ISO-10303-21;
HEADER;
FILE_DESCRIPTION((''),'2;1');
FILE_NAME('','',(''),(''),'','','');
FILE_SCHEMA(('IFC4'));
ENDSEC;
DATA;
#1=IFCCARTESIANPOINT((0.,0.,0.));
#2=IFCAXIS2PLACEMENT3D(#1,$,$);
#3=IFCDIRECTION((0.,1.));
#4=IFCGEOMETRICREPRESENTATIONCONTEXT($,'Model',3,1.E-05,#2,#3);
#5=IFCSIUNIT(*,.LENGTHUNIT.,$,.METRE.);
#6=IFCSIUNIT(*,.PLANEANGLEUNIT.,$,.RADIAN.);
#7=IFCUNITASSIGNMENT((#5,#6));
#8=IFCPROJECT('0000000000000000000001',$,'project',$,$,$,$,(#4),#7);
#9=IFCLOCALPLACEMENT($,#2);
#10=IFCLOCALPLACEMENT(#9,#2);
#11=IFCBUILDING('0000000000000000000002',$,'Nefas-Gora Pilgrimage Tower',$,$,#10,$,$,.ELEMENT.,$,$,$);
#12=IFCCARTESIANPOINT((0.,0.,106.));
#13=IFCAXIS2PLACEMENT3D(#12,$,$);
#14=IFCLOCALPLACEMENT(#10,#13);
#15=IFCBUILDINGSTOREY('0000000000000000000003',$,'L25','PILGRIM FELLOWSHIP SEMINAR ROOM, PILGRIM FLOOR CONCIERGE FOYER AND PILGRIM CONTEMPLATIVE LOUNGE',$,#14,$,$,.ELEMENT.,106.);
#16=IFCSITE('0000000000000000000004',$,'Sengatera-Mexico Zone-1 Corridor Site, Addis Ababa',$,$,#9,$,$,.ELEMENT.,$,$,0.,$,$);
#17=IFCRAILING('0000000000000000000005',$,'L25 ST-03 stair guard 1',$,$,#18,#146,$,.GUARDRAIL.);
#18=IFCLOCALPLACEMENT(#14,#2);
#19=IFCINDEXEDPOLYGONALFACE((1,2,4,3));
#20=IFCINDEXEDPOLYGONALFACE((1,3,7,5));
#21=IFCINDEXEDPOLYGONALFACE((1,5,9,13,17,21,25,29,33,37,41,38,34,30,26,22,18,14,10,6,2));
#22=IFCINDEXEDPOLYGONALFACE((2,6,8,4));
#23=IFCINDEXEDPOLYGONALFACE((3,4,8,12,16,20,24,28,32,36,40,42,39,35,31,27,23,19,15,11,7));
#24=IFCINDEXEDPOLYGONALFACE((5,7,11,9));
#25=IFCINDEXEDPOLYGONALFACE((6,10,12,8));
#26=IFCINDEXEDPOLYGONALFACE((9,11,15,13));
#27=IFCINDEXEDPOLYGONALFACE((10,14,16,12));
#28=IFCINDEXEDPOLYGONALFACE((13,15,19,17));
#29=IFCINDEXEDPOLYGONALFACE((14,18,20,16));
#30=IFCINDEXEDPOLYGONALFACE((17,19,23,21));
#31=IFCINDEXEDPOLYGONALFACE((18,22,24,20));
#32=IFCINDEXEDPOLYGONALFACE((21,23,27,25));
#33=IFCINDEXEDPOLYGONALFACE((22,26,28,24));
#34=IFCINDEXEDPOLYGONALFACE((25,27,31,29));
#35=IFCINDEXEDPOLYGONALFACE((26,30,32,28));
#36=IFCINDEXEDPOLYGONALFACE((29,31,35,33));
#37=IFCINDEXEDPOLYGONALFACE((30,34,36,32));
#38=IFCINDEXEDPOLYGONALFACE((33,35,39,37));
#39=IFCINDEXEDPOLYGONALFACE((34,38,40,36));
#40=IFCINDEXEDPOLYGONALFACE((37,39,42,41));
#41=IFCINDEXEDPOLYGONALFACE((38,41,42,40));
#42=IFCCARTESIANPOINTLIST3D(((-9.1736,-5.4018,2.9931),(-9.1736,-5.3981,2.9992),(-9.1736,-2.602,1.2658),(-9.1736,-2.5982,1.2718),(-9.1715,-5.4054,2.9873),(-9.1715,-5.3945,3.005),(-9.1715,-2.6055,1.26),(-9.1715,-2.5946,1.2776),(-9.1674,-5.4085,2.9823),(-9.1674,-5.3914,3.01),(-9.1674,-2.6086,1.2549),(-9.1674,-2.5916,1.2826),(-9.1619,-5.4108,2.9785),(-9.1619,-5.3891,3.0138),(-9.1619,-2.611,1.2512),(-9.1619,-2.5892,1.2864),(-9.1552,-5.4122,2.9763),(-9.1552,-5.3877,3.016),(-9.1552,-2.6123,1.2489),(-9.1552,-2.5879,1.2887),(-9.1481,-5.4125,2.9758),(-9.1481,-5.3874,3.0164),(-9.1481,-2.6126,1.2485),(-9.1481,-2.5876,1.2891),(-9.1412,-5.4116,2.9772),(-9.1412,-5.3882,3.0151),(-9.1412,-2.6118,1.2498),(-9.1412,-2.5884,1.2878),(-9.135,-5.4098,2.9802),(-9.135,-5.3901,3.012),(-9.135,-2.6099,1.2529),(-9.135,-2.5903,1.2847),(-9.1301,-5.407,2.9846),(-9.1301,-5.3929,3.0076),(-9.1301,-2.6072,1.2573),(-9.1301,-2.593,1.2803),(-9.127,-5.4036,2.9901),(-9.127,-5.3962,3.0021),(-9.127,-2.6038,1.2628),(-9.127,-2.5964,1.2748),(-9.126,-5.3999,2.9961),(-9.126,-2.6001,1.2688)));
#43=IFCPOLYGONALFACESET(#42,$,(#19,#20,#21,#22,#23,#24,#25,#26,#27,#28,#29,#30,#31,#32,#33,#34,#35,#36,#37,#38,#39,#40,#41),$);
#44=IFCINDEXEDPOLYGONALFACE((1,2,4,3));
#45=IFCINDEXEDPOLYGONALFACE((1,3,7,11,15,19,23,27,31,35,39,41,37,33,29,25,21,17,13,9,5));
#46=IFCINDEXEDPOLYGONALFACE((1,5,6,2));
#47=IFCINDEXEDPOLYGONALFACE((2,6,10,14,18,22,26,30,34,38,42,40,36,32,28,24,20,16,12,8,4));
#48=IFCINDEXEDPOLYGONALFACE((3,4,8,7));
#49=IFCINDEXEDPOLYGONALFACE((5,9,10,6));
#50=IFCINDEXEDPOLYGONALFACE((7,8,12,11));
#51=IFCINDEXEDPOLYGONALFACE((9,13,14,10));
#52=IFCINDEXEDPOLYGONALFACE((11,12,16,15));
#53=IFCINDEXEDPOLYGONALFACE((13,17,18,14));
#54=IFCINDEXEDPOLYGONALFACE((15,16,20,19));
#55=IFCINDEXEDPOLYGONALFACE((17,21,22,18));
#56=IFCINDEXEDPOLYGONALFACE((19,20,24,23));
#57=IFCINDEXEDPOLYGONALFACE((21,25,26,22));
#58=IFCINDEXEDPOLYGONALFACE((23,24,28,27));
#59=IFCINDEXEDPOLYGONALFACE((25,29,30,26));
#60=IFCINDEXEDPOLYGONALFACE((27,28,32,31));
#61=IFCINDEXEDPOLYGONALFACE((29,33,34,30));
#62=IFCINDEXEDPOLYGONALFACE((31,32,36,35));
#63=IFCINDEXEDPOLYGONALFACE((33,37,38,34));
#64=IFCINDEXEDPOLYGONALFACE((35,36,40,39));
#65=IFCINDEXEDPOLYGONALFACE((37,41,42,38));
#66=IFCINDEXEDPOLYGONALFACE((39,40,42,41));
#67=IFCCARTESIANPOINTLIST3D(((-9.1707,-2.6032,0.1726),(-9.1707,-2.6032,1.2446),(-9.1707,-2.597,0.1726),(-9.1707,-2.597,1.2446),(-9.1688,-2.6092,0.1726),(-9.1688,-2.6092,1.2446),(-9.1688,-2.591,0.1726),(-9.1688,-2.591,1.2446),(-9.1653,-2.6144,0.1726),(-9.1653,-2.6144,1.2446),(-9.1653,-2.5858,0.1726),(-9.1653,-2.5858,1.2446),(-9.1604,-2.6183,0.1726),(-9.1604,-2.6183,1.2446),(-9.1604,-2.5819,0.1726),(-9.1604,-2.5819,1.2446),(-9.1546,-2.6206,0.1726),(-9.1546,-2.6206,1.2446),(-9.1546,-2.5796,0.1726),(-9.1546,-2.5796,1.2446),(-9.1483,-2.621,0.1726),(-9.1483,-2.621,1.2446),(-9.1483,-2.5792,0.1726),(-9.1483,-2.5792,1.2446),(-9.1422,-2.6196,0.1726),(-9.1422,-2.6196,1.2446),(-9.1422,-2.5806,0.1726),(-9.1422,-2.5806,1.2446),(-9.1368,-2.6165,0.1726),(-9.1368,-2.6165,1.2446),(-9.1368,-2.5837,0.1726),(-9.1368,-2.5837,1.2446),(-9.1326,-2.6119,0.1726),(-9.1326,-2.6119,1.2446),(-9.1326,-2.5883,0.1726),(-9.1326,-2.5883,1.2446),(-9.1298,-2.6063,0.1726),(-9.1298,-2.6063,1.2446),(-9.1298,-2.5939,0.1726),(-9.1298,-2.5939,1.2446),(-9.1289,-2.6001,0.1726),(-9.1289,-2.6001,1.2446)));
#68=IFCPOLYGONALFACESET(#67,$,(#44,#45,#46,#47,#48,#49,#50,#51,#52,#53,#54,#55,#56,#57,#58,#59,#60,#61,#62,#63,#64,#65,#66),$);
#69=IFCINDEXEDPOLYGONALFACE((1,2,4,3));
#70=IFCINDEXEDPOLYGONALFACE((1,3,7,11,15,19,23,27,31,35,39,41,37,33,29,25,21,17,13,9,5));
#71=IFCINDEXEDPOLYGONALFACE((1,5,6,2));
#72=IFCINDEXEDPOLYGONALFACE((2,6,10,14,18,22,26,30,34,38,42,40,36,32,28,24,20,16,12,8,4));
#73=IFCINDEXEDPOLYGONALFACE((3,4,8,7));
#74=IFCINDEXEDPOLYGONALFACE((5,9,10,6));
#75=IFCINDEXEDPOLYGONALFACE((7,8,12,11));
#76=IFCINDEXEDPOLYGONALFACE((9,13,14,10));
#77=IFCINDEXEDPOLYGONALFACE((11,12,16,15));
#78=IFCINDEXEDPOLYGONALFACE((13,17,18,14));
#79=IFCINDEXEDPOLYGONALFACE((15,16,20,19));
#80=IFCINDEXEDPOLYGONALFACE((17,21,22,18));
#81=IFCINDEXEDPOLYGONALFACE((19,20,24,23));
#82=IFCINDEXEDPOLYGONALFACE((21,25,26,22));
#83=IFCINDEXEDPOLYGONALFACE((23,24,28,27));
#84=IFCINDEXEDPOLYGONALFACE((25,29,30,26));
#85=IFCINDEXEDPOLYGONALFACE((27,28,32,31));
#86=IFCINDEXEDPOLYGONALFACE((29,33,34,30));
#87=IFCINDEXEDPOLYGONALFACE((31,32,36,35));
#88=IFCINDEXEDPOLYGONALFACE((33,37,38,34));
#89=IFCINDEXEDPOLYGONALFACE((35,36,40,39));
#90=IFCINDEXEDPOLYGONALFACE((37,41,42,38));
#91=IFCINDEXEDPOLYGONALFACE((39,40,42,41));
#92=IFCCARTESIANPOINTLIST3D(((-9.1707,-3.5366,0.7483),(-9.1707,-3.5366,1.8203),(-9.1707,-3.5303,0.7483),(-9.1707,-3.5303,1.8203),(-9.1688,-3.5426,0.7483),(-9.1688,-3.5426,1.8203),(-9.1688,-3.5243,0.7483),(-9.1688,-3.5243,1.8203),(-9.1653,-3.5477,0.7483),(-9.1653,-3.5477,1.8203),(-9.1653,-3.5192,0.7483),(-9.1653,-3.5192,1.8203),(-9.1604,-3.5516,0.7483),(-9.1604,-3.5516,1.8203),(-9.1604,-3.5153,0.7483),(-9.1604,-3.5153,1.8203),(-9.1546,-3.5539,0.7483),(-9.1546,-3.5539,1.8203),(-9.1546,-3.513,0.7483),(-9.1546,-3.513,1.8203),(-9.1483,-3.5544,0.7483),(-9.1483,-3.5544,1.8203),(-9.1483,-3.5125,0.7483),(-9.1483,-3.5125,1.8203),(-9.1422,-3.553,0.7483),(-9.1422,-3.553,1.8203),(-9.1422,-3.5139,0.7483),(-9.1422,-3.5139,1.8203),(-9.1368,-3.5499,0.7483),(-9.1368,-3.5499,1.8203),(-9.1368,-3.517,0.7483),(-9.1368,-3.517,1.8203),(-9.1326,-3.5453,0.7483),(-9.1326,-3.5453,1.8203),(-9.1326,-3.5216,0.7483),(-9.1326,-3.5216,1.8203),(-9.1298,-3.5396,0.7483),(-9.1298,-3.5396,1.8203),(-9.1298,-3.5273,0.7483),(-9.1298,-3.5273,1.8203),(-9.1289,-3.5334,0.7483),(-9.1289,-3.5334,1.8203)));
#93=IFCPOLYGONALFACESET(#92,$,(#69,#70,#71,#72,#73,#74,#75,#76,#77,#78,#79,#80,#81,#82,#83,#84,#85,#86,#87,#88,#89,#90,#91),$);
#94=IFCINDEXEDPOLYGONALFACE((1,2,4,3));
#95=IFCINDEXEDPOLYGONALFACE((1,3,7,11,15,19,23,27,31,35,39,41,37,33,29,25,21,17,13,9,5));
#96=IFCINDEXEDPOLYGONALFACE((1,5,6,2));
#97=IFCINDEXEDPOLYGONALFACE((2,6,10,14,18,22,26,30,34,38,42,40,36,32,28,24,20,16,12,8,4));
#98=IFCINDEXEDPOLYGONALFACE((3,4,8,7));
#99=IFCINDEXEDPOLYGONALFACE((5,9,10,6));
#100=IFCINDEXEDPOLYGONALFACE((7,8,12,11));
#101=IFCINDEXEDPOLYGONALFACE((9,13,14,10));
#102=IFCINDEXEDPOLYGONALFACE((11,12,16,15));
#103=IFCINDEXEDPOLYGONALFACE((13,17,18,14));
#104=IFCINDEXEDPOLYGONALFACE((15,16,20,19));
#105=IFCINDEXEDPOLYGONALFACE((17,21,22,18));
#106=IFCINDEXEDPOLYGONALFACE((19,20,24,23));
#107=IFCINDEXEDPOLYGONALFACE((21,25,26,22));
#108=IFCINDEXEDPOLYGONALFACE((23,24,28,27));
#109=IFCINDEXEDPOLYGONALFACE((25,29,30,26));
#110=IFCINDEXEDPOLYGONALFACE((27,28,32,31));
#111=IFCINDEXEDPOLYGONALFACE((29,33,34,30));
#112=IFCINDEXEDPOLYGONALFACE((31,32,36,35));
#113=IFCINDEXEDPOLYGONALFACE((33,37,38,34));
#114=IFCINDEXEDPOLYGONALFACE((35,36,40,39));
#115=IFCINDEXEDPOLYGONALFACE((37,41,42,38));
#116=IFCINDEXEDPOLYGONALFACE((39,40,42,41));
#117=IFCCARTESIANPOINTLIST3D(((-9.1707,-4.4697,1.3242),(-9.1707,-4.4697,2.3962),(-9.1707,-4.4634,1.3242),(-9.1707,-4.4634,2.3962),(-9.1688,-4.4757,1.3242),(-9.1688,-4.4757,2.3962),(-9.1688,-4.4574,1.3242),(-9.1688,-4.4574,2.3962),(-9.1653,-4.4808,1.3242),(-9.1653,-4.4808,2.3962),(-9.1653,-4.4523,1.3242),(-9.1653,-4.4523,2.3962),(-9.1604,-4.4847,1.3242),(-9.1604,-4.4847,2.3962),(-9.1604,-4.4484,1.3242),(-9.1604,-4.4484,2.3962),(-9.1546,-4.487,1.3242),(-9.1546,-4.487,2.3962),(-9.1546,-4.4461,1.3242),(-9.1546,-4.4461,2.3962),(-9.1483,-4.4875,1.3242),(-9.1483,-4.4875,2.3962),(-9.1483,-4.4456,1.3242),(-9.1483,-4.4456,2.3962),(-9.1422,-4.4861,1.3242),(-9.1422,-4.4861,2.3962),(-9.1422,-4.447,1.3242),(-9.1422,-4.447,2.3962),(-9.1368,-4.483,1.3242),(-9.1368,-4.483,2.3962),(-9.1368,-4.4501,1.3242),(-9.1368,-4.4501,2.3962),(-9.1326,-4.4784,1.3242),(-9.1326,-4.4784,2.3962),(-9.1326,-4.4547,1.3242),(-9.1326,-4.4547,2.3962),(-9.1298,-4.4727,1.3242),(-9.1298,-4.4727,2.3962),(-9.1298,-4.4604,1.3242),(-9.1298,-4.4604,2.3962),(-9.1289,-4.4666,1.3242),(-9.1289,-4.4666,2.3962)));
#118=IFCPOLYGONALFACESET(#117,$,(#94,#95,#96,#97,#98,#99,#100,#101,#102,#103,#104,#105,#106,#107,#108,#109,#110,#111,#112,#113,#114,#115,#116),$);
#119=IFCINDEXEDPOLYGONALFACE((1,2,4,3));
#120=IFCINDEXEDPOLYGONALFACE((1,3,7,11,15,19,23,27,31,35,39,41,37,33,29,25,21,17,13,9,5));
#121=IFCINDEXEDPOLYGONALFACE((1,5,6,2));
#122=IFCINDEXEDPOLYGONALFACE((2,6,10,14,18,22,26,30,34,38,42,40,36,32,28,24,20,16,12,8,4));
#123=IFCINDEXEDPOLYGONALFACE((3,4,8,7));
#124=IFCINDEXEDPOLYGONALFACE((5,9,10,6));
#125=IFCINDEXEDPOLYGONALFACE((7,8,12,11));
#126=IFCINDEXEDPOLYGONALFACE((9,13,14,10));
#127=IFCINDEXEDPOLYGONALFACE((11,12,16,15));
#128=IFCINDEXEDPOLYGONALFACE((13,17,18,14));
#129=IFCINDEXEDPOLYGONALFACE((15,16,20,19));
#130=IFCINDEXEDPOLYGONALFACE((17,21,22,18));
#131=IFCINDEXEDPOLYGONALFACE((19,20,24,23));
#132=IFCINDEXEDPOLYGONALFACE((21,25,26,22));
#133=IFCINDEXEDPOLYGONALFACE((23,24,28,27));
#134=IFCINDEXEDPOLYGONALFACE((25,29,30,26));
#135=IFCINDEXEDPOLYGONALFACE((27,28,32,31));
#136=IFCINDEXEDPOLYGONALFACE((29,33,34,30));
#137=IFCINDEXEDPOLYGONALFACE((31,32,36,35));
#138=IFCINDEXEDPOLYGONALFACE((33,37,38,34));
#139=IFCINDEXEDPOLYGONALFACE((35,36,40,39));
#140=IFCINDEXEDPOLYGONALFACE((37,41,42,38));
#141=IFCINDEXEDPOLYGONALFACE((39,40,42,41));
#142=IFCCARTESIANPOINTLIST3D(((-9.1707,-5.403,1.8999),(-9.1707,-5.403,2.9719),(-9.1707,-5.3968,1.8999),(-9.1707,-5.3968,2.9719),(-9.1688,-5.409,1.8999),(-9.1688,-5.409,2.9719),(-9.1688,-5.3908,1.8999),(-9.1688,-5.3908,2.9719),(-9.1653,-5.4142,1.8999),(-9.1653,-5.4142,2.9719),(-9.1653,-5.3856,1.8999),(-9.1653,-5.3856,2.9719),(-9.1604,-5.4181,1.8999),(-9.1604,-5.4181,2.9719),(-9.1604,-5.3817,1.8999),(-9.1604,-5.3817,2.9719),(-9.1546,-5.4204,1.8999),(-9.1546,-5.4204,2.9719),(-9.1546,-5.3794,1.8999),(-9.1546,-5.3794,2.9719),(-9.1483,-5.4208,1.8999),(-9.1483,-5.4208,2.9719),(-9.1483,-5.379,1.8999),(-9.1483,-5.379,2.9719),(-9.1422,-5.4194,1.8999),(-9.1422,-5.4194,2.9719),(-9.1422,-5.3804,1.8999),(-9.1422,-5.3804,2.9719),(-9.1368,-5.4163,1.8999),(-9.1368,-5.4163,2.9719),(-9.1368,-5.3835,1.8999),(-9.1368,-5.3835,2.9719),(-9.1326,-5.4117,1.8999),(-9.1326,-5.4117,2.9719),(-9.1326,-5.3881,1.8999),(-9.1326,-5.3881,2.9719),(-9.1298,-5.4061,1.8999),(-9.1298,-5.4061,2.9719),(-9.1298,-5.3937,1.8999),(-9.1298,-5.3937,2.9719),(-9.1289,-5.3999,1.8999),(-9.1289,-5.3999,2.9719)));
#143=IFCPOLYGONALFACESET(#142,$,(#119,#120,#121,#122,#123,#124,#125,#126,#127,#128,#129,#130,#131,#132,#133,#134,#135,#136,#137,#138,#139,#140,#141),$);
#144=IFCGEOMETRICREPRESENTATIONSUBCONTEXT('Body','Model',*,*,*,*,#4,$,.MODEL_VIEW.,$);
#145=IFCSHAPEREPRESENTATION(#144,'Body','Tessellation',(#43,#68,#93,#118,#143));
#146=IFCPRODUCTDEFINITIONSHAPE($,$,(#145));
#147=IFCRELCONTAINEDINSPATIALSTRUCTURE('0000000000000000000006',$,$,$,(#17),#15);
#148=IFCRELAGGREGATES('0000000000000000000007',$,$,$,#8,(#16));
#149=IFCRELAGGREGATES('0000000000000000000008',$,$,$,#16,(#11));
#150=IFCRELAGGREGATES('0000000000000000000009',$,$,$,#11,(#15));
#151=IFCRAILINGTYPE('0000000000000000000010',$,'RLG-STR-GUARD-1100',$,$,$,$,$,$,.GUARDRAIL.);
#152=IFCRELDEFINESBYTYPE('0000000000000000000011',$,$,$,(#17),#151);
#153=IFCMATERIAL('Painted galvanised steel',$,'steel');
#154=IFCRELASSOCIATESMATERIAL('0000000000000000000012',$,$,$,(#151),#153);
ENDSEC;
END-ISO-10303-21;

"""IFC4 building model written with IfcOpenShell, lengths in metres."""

from ifc_helpers import new_model, si_unit, direction, frame, origin, origin_2d, place, context, subcontext, project, spatial, circle, extrude, material, type_object, element, save


model = new_model("IFC4")

# Units and contexts
model_context = context("Model", 3, precision=1e-05, world=origin(), true_north=direction((0.0, 1.0)))
body_context = subcontext(model_context, "Body", "Model", "MODEL_VIEW")
ifc_project = project(units=[si_unit("LENGTHUNIT", "METRE"), si_unit("PLANEANGLEUNIT", "RADIAN")], contexts=[model_context])

# Site, building, storey
site_placement = place(None, origin())
site = spatial("IfcSite", under=ifc_project, at=site_placement, Name="Sengatera-Mexico Zone-1 Corridor Site, Addis Ababa", CompositionType="ELEMENT", RefElevation=0.0)
building_placement = place(site_placement, origin())
building = spatial("IfcBuilding", under=site, at=building_placement, Name="Nefas-Gora Pilgrimage Tower", CompositionType="ELEMENT")
storey_placement = place(building_placement, frame((0.0, 0.0, 106.0)))
storey = spatial("IfcBuildingStorey", under=building, at=storey_placement, Name="L25", Description="PILGRIM FELLOWSHIP SEMINAR ROOM, PILGRIM FLOOR CONCIERGE FOYER AND PILGRIM CONTEMPLATIVE LOUNGE", CompositionType="ELEMENT", Elevation=106.0)

# Railing
ifc_material_1 = material(Name="Painted galvanised steel", Category="steel")
railing_type_1 = type_object("IfcRailingType", Name="RLG-STR-GUARD-1100", PredefinedType="GUARDRAIL", material=ifc_material_1)
railing_1_placement = place(storey_placement, frame((-9.1499, -2.6001, 0.1726)))
element("IfcRailing", 1, at=railing_1_placement, inside=storey, type_object=railing_type_1, Name="L25 ST-03 stair guard 1", PredefinedType="GUARDRAIL", context=body_context, shape_type="SweptSolid", body=[
    extrude(circle(Radius=0.0239, at=origin_2d()), frame((0.0, 0.0, 1.0962), z_axis=(0.0, -0.851069, 0.525054), x_axis=(1.0, 0.0, 0.0)), (0.0, 0.0, 1.0), 3.2898),
    extrude(circle(Radius=0.021, at=origin_2d()), origin(), (0.0, 0.0, 1.0), 1.072),
    extrude(circle(Radius=0.021, at=origin_2d()), frame((0.0, -0.9333, 0.5757)), (0.0, 0.0, 1.0), 1.072),
    extrude(circle(Radius=0.021, at=origin_2d()), frame((0.0, -1.8665, 1.1516)), (0.0, 0.0, 1.0), 1.072),
    extrude(circle(Radius=0.021, at=origin_2d()), frame((0.0, -2.7998, 1.7273)), (0.0, 0.0, 1.0), 1.072),
])

save(model, "model.ifc")
